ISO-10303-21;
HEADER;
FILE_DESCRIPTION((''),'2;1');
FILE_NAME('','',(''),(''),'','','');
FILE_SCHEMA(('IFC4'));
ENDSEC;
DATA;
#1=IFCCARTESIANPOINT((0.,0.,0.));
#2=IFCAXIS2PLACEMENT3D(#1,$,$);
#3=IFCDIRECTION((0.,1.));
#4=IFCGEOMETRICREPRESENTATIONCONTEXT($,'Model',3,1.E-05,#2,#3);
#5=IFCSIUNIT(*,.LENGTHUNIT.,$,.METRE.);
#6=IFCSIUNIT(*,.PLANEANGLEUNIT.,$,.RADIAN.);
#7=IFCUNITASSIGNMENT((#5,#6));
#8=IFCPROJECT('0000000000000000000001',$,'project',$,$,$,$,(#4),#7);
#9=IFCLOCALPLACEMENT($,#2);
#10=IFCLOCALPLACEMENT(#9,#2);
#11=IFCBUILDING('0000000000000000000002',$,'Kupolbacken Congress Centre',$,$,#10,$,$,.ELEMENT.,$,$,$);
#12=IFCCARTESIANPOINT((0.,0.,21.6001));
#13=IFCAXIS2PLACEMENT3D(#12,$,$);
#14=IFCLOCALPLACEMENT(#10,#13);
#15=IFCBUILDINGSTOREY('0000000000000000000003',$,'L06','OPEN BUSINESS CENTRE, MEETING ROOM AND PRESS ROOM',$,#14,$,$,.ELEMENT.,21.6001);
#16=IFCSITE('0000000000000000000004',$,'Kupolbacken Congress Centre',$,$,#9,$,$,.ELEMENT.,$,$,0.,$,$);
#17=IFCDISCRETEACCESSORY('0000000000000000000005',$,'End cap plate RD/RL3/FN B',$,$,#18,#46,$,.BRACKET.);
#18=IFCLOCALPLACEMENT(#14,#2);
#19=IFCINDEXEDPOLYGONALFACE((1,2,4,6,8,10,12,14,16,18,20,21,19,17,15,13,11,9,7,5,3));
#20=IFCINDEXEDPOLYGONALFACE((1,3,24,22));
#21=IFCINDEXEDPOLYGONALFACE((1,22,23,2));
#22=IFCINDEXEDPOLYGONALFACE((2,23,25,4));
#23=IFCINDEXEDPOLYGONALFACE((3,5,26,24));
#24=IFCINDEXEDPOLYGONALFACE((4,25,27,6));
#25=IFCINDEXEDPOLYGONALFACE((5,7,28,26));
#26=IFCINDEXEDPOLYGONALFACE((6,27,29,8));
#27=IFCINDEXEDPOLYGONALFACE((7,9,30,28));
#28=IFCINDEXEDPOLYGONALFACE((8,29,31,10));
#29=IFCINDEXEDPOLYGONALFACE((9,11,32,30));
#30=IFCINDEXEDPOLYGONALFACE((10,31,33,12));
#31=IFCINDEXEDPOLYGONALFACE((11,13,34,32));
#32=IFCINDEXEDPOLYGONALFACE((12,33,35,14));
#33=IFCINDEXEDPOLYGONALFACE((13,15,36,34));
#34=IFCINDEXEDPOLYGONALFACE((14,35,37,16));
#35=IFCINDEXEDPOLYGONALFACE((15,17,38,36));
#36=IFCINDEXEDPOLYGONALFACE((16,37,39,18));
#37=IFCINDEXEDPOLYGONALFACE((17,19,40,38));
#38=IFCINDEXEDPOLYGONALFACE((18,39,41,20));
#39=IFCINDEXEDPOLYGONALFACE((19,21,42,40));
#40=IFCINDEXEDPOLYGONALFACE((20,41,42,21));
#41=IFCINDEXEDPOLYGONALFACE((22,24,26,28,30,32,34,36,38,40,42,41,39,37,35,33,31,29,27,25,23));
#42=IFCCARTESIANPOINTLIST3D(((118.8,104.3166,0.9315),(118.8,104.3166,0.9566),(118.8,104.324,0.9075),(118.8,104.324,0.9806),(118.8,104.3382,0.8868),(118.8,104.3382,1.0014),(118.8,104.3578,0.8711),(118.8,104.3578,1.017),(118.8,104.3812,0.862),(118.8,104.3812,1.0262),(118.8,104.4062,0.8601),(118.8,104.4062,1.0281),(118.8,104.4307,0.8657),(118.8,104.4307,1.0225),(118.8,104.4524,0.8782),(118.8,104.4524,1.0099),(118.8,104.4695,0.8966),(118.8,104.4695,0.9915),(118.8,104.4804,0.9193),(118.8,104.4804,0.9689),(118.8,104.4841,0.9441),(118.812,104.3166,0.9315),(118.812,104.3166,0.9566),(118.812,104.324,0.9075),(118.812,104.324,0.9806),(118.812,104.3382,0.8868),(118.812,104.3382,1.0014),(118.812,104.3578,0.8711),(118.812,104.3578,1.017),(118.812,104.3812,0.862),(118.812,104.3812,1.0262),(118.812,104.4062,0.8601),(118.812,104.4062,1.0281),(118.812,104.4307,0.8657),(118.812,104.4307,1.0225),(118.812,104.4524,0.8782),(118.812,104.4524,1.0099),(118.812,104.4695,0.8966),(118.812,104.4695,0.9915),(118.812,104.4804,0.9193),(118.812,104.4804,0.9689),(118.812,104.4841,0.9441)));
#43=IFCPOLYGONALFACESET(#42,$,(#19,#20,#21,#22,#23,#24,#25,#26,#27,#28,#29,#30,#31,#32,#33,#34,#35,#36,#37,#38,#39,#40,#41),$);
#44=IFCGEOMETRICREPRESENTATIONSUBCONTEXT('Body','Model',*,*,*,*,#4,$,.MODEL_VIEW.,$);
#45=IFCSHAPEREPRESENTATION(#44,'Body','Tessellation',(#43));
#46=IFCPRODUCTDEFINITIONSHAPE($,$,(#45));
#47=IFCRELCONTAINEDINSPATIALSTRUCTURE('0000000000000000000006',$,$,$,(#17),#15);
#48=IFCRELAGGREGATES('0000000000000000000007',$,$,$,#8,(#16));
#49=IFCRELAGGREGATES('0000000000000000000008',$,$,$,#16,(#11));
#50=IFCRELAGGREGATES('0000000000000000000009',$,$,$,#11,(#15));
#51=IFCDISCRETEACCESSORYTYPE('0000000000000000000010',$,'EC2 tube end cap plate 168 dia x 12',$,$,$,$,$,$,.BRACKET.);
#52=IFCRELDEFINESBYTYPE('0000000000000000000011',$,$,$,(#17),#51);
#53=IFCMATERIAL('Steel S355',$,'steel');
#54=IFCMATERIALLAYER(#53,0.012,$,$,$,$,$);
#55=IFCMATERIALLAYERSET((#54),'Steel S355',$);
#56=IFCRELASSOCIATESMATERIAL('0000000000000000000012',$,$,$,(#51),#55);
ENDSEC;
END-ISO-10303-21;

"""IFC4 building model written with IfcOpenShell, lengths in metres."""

from ifc_helpers import new_model, si_unit, direction, frame, origin, origin_2d, place, context, subcontext, project, spatial, circle, extrude, material, layer, layer_set, type_object, element, save


model = new_model("IFC4")

# Units and contexts
model_context = context("Model", 3, precision=1e-05, world=origin(), true_north=direction((0.0, 1.0)))
body_context = subcontext(model_context, "Body", "Model", "MODEL_VIEW")
ifc_project = project(units=[si_unit("LENGTHUNIT", "METRE"), si_unit("PLANEANGLEUNIT", "RADIAN")], contexts=[model_context])

# Site, building, storey
site_placement = place(None, origin())
site = spatial("IfcSite", under=ifc_project, at=site_placement, Name="Kupolbacken Congress Centre", CompositionType="ELEMENT", RefElevation=0.0)
building_placement = place(site_placement, origin())
building = spatial("IfcBuilding", under=site, at=building_placement, Name="Kupolbacken Congress Centre", CompositionType="ELEMENT")
storey_placement = place(building_placement, frame((0.0, 0.0, 21.6001)))
storey = spatial("IfcBuildingStorey", under=building, at=storey_placement, Name="L06", Description="OPEN BUSINESS CENTRE, MEETING ROOM AND PRESS ROOM", CompositionType="ELEMENT", Elevation=21.6001)

# Discrete accessory
ifc_material_1 = material(Name="Steel S355", Category="steel")
ifc_layer_1 = layer(ifc_material_1, 0.012)
ifc_layer_set_1 = layer_set([ifc_layer_1], Name="Steel S355")
discrete_accessory_type = type_object("IfcDiscreteAccessoryType", Name="EC2 tube end cap plate 168 dia x 12", PredefinedType="BRACKET", material=ifc_layer_set_1)
discrete_accessory_1_placement = place(storey_placement, frame((118.8, 104.3999, 0.9441), z_axis=(1.0, 0.0, 0.0), x_axis=(0.0, 1.0, 0.0)))
element("IfcDiscreteAccessory", 1, at=discrete_accessory_1_placement, inside=storey, type_object=discrete_accessory_type, Name="End cap plate RD/RL3/FN B", PredefinedType="BRACKET", context=body_context, shape_type="SweptSolid", body=[
    extrude(circle(Radius=0.0842, at=origin_2d()), origin(), (0.0, 0.0, 1.0), 0.012),
])

save(model, "model.ifc")
